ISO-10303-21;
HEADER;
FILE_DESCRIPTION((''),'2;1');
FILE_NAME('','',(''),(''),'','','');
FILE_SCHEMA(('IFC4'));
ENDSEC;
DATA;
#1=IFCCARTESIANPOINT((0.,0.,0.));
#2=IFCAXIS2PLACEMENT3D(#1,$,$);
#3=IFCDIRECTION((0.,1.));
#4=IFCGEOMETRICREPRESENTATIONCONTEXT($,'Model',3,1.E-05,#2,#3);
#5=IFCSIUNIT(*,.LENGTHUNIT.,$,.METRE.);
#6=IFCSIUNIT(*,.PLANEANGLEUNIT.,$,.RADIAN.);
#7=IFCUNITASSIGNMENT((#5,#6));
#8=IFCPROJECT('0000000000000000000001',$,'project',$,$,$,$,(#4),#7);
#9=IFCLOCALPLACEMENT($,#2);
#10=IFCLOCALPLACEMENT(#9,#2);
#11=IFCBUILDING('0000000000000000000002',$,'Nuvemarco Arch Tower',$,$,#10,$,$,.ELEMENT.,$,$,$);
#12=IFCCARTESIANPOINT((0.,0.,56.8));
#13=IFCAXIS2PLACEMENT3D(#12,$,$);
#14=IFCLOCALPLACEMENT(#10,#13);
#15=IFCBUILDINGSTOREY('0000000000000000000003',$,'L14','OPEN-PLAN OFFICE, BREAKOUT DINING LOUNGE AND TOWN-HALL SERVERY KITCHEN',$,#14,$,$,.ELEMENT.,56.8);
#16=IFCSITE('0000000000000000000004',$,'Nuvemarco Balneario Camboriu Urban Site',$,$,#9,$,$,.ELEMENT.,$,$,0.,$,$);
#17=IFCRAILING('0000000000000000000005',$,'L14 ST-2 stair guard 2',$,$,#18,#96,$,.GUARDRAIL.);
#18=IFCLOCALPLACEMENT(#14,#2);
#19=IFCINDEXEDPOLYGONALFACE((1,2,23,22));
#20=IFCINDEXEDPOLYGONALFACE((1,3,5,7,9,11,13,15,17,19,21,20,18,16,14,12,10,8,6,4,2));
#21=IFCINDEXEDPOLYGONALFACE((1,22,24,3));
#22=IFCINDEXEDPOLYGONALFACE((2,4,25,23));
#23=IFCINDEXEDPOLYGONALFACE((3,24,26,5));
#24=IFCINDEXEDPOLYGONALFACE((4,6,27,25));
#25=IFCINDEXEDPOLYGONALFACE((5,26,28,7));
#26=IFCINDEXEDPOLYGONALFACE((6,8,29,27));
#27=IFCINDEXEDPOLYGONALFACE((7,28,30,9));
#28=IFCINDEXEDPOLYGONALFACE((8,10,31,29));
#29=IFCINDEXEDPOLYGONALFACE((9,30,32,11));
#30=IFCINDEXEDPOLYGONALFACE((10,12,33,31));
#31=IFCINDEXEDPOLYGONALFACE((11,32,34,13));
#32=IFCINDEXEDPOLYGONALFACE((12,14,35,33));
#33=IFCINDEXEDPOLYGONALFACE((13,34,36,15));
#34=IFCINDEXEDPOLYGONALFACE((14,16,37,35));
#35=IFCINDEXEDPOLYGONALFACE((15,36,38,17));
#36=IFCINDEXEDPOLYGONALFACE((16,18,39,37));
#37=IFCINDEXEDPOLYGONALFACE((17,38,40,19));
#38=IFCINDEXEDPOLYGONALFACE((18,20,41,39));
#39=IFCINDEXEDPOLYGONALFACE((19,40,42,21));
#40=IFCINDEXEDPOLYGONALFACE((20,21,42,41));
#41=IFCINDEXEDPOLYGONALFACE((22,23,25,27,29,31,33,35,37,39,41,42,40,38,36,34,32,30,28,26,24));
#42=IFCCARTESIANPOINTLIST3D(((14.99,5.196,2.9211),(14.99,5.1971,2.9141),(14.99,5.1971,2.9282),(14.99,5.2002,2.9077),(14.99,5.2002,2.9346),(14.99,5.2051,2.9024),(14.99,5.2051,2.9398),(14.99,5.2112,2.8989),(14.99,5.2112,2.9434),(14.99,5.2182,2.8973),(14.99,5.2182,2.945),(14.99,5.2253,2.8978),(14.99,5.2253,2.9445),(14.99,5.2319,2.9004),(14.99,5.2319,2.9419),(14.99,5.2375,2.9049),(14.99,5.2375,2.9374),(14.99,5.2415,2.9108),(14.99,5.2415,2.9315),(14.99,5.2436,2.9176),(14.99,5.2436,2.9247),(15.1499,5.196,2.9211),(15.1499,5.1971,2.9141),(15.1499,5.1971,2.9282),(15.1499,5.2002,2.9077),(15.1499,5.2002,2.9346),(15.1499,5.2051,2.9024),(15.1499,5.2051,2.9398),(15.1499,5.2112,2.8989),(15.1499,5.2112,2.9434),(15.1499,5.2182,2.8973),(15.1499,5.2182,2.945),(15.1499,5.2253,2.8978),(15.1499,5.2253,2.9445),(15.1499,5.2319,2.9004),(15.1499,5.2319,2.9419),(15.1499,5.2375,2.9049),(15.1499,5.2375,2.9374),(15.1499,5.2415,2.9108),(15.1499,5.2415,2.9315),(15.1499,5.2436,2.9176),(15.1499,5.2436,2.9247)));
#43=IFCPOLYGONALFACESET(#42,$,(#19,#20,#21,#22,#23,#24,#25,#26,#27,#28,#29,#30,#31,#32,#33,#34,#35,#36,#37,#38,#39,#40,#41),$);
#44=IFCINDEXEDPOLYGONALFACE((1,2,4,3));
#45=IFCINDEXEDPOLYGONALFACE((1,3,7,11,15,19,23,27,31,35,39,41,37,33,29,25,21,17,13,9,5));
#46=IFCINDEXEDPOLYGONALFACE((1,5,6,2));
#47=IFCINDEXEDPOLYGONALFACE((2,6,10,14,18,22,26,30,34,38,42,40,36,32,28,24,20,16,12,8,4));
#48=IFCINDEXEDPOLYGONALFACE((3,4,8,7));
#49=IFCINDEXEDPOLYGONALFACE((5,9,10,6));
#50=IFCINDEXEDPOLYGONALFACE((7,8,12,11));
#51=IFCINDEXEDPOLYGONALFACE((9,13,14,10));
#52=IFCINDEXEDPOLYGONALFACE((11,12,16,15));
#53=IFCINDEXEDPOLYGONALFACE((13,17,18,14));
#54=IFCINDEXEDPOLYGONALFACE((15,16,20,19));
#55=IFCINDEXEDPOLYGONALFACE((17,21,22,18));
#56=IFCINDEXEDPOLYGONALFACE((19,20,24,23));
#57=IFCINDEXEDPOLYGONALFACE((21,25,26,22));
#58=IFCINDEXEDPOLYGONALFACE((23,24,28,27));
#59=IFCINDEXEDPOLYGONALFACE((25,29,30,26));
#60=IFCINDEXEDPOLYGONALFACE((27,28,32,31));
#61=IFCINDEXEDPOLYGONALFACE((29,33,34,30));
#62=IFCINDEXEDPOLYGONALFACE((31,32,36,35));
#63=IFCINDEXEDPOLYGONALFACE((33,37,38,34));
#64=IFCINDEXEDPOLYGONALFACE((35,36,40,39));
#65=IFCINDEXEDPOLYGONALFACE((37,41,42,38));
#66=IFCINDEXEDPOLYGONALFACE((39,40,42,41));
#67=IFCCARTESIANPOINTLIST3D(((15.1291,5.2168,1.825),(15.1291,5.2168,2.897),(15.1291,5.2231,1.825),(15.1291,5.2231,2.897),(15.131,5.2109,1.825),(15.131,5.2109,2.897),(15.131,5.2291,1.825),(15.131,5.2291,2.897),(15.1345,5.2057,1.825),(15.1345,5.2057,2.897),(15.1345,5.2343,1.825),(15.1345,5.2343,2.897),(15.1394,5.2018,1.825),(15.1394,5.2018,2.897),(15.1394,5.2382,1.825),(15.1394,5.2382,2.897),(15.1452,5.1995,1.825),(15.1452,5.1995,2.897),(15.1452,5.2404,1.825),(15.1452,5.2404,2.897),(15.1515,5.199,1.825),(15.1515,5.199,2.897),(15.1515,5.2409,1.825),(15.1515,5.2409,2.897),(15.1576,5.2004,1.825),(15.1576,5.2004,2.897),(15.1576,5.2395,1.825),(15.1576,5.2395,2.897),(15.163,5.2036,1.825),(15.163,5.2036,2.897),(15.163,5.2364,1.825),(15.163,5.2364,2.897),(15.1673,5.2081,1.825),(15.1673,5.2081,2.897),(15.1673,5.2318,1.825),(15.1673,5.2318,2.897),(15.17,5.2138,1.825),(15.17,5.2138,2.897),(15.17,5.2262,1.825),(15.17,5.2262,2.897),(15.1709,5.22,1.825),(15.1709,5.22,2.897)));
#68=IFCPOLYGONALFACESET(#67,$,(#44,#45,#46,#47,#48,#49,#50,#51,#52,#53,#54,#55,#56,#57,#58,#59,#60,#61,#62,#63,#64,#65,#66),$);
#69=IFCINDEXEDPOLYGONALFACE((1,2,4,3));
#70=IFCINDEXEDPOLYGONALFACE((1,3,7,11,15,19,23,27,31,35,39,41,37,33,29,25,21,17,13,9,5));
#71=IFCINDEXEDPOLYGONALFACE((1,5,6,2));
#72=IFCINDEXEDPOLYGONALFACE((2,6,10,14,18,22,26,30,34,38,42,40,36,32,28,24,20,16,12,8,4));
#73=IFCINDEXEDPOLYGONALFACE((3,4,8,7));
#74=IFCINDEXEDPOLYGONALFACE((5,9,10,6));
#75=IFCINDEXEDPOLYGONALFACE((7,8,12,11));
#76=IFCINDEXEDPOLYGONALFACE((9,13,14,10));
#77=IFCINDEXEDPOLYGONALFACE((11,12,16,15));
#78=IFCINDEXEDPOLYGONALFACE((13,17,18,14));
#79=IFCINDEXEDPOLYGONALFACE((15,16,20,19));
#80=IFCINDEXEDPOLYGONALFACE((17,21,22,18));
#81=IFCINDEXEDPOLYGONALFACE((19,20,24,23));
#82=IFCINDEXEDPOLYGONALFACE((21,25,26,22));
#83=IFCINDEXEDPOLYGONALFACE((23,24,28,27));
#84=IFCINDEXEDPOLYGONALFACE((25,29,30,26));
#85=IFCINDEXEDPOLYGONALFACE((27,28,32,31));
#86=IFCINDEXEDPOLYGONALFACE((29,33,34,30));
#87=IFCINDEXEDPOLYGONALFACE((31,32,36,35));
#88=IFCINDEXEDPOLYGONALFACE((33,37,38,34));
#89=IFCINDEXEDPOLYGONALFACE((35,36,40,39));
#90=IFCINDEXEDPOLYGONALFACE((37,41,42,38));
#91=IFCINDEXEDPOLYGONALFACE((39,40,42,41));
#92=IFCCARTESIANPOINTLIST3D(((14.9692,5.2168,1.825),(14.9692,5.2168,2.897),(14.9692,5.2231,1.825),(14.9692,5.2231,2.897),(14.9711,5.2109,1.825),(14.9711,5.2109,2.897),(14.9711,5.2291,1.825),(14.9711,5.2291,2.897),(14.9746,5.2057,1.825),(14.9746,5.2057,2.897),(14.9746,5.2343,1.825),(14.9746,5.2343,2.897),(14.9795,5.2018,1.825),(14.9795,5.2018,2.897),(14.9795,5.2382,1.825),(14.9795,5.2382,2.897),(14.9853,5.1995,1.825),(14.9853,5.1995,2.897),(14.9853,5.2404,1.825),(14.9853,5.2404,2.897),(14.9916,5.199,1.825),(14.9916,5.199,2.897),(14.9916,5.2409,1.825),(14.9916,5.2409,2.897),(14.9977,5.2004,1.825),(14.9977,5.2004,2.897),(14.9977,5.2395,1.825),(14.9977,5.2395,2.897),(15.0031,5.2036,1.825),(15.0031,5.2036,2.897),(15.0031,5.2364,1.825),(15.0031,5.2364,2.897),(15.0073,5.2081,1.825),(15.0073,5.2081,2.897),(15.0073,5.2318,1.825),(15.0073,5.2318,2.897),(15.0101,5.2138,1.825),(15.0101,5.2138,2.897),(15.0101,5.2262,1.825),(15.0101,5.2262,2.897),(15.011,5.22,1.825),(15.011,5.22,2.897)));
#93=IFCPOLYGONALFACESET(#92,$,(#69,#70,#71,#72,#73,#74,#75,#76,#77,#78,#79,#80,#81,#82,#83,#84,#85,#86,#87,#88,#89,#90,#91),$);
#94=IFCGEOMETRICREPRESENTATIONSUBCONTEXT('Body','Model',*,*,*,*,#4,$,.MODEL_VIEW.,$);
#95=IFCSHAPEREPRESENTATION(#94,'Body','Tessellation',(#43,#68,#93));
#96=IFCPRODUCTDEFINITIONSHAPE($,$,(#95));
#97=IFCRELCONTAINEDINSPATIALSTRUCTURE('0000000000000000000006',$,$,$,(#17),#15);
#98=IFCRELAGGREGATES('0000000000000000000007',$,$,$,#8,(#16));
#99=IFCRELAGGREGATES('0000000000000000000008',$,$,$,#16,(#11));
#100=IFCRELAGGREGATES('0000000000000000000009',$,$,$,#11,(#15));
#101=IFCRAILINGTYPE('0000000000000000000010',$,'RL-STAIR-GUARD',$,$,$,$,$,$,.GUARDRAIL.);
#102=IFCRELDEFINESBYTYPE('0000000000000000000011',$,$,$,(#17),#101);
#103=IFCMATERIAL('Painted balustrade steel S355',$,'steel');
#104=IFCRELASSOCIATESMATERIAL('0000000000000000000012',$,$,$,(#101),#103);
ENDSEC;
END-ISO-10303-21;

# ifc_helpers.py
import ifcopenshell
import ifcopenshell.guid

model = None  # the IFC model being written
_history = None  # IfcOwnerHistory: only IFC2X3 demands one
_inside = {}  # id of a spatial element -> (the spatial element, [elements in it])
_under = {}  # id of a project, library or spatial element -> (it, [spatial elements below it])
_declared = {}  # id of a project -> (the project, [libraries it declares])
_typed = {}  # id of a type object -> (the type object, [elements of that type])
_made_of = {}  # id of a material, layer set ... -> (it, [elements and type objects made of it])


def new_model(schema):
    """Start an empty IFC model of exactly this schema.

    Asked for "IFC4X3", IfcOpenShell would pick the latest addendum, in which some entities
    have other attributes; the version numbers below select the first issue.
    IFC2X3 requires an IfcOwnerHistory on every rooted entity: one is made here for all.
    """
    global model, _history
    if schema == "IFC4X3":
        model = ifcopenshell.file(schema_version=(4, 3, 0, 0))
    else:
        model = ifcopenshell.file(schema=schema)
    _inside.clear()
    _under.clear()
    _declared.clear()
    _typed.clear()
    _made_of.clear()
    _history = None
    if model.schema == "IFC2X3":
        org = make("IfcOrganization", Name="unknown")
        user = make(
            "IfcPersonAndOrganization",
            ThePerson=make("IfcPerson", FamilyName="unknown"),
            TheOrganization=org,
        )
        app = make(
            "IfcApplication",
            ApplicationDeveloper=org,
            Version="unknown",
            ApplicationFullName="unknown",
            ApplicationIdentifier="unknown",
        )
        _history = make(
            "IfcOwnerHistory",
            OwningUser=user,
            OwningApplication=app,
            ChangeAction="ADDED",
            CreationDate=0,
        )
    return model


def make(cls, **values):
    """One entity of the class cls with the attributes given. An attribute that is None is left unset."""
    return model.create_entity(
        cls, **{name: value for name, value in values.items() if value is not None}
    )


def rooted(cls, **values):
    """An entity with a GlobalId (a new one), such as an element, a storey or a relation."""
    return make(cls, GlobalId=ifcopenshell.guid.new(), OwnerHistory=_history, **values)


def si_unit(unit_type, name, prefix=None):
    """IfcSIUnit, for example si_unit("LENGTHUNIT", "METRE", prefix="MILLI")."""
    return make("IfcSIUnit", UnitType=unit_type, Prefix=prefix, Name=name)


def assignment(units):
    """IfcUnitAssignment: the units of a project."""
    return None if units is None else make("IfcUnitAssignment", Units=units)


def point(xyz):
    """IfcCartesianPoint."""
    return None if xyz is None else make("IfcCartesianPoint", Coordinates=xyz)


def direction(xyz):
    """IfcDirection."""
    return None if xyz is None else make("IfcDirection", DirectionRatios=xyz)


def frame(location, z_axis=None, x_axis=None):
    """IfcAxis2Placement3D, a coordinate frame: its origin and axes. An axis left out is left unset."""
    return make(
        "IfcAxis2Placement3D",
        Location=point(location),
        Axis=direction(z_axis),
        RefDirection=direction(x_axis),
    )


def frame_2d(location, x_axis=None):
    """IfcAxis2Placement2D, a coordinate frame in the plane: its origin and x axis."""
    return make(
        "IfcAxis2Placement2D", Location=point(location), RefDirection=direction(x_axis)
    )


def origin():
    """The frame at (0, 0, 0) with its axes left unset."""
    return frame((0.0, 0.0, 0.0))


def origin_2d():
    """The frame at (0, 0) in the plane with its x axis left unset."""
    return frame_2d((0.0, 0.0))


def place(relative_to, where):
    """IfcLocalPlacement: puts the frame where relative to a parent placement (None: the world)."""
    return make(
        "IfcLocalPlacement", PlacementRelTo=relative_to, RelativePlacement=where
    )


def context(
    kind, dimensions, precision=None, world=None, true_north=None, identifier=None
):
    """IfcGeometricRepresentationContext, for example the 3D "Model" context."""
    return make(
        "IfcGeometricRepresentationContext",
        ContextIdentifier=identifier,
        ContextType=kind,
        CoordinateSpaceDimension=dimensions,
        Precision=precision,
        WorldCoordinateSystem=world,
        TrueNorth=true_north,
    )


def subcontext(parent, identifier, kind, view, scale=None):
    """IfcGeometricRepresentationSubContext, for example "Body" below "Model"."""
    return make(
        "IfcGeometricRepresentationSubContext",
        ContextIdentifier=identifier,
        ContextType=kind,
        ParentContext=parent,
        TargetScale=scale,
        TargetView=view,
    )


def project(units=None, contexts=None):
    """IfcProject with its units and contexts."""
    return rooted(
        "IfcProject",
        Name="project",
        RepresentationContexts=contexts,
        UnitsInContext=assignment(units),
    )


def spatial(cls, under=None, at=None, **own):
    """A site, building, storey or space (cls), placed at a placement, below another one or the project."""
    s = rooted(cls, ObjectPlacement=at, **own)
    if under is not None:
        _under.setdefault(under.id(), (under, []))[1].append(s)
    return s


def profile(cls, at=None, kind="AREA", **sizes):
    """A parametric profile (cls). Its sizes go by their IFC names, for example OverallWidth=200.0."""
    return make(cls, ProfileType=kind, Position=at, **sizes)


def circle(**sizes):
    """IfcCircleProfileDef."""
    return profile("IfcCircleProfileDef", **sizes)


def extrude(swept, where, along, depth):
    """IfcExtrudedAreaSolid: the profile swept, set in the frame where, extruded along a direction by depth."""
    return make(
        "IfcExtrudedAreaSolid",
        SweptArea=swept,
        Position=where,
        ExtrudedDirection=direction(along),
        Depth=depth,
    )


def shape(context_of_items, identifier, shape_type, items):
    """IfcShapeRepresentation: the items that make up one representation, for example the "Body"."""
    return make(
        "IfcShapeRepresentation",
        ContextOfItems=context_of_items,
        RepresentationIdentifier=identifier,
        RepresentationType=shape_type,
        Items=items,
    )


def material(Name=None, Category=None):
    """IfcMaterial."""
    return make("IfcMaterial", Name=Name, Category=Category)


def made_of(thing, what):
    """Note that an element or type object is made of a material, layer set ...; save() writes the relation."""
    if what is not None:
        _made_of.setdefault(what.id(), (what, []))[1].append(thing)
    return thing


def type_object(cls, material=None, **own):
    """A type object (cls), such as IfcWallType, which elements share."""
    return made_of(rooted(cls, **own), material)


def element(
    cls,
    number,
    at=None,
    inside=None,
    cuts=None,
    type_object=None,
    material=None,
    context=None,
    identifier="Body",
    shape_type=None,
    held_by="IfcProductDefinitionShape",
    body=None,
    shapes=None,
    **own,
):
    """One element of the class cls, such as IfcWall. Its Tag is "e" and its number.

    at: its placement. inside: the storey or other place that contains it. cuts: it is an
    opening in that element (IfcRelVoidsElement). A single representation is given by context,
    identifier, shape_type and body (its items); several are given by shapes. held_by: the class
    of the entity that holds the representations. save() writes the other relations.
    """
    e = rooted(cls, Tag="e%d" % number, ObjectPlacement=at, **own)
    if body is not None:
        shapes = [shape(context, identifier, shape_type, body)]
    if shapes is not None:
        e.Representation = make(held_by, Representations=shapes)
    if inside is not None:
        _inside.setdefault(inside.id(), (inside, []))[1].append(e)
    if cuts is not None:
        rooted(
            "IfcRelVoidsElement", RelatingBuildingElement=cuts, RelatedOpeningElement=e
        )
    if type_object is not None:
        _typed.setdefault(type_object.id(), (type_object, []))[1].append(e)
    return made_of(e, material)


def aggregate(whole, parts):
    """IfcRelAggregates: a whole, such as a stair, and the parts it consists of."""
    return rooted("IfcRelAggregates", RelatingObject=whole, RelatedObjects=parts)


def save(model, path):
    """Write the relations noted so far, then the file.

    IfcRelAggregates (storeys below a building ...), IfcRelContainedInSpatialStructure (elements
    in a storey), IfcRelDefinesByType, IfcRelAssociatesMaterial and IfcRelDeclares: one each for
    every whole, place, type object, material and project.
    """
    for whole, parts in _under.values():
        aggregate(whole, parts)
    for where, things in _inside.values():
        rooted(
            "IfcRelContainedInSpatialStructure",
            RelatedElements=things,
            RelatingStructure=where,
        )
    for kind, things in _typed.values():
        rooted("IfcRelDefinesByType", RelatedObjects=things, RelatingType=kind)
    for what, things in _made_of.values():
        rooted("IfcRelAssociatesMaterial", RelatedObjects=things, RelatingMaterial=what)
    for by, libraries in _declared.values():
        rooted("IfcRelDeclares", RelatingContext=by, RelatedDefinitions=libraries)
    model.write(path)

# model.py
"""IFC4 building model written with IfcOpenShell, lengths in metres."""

from ifc_helpers import new_model, si_unit, direction, frame, origin, origin_2d, place, context, subcontext, project, spatial, circle, extrude, material, type_object, element, save


model = new_model("IFC4")

# Units and contexts
model_context = context("Model", 3, precision=1e-05, world=origin(), true_north=direction((0.0, 1.0)))
body_context = subcontext(model_context, "Body", "Model", "MODEL_VIEW")
ifc_project = project(units=[si_unit("LENGTHUNIT", "METRE"), si_unit("PLANEANGLEUNIT", "RADIAN")], contexts=[model_context])

# Site, building, storey
site_placement = place(None, origin())
site = spatial("IfcSite", under=ifc_project, at=site_placement, Name="Nuvemarco Balneario Camboriu Urban Site", CompositionType="ELEMENT", RefElevation=0.0)
building_placement = place(site_placement, origin())
building = spatial("IfcBuilding", under=site, at=building_placement, Name="Nuvemarco Arch Tower", CompositionType="ELEMENT")
storey_placement = place(building_placement, frame((0.0, 0.0, 56.8)))
storey = spatial("IfcBuildingStorey", under=building, at=storey_placement, Name="L14", Description="OPEN-PLAN OFFICE, BREAKOUT DINING LOUNGE AND TOWN-HALL SERVERY KITCHEN", CompositionType="ELEMENT", Elevation=56.8)

# Railing
ifc_material_1 = material(Name="Painted balustrade steel S355", Category="steel")
railing_type_1 = type_object("IfcRailingType", Name="RL-STAIR-GUARD", PredefinedType="GUARDRAIL", material=ifc_material_1)
railing_1_placement = place(storey_placement, frame((15.1499, 5.22, 1.825)))
element("IfcRailing", 1, at=railing_1_placement, inside=storey, type_object=railing_type_1, Name="L14 ST-2 stair guard 2", PredefinedType="GUARDRAIL", context=body_context, shape_type="SweptSolid", body=[
    extrude(circle(Radius=0.0239, at=origin_2d()), frame((0.0, 0.0, 1.0962), z_axis=(-1.0, 0.0, 0.0), x_axis=(0.0, -1.0, 0.0)), (0.0, 0.0, 1.0), 0.1599),
    extrude(circle(Radius=0.021, at=origin_2d()), origin(), (0.0, 0.0, 1.0), 1.072),
    extrude(circle(Radius=0.021, at=origin_2d()), frame((-0.1599, 0.0, 0.0)), (0.0, 0.0, 1.0), 1.072),
])

save(model, "model.ifc")
